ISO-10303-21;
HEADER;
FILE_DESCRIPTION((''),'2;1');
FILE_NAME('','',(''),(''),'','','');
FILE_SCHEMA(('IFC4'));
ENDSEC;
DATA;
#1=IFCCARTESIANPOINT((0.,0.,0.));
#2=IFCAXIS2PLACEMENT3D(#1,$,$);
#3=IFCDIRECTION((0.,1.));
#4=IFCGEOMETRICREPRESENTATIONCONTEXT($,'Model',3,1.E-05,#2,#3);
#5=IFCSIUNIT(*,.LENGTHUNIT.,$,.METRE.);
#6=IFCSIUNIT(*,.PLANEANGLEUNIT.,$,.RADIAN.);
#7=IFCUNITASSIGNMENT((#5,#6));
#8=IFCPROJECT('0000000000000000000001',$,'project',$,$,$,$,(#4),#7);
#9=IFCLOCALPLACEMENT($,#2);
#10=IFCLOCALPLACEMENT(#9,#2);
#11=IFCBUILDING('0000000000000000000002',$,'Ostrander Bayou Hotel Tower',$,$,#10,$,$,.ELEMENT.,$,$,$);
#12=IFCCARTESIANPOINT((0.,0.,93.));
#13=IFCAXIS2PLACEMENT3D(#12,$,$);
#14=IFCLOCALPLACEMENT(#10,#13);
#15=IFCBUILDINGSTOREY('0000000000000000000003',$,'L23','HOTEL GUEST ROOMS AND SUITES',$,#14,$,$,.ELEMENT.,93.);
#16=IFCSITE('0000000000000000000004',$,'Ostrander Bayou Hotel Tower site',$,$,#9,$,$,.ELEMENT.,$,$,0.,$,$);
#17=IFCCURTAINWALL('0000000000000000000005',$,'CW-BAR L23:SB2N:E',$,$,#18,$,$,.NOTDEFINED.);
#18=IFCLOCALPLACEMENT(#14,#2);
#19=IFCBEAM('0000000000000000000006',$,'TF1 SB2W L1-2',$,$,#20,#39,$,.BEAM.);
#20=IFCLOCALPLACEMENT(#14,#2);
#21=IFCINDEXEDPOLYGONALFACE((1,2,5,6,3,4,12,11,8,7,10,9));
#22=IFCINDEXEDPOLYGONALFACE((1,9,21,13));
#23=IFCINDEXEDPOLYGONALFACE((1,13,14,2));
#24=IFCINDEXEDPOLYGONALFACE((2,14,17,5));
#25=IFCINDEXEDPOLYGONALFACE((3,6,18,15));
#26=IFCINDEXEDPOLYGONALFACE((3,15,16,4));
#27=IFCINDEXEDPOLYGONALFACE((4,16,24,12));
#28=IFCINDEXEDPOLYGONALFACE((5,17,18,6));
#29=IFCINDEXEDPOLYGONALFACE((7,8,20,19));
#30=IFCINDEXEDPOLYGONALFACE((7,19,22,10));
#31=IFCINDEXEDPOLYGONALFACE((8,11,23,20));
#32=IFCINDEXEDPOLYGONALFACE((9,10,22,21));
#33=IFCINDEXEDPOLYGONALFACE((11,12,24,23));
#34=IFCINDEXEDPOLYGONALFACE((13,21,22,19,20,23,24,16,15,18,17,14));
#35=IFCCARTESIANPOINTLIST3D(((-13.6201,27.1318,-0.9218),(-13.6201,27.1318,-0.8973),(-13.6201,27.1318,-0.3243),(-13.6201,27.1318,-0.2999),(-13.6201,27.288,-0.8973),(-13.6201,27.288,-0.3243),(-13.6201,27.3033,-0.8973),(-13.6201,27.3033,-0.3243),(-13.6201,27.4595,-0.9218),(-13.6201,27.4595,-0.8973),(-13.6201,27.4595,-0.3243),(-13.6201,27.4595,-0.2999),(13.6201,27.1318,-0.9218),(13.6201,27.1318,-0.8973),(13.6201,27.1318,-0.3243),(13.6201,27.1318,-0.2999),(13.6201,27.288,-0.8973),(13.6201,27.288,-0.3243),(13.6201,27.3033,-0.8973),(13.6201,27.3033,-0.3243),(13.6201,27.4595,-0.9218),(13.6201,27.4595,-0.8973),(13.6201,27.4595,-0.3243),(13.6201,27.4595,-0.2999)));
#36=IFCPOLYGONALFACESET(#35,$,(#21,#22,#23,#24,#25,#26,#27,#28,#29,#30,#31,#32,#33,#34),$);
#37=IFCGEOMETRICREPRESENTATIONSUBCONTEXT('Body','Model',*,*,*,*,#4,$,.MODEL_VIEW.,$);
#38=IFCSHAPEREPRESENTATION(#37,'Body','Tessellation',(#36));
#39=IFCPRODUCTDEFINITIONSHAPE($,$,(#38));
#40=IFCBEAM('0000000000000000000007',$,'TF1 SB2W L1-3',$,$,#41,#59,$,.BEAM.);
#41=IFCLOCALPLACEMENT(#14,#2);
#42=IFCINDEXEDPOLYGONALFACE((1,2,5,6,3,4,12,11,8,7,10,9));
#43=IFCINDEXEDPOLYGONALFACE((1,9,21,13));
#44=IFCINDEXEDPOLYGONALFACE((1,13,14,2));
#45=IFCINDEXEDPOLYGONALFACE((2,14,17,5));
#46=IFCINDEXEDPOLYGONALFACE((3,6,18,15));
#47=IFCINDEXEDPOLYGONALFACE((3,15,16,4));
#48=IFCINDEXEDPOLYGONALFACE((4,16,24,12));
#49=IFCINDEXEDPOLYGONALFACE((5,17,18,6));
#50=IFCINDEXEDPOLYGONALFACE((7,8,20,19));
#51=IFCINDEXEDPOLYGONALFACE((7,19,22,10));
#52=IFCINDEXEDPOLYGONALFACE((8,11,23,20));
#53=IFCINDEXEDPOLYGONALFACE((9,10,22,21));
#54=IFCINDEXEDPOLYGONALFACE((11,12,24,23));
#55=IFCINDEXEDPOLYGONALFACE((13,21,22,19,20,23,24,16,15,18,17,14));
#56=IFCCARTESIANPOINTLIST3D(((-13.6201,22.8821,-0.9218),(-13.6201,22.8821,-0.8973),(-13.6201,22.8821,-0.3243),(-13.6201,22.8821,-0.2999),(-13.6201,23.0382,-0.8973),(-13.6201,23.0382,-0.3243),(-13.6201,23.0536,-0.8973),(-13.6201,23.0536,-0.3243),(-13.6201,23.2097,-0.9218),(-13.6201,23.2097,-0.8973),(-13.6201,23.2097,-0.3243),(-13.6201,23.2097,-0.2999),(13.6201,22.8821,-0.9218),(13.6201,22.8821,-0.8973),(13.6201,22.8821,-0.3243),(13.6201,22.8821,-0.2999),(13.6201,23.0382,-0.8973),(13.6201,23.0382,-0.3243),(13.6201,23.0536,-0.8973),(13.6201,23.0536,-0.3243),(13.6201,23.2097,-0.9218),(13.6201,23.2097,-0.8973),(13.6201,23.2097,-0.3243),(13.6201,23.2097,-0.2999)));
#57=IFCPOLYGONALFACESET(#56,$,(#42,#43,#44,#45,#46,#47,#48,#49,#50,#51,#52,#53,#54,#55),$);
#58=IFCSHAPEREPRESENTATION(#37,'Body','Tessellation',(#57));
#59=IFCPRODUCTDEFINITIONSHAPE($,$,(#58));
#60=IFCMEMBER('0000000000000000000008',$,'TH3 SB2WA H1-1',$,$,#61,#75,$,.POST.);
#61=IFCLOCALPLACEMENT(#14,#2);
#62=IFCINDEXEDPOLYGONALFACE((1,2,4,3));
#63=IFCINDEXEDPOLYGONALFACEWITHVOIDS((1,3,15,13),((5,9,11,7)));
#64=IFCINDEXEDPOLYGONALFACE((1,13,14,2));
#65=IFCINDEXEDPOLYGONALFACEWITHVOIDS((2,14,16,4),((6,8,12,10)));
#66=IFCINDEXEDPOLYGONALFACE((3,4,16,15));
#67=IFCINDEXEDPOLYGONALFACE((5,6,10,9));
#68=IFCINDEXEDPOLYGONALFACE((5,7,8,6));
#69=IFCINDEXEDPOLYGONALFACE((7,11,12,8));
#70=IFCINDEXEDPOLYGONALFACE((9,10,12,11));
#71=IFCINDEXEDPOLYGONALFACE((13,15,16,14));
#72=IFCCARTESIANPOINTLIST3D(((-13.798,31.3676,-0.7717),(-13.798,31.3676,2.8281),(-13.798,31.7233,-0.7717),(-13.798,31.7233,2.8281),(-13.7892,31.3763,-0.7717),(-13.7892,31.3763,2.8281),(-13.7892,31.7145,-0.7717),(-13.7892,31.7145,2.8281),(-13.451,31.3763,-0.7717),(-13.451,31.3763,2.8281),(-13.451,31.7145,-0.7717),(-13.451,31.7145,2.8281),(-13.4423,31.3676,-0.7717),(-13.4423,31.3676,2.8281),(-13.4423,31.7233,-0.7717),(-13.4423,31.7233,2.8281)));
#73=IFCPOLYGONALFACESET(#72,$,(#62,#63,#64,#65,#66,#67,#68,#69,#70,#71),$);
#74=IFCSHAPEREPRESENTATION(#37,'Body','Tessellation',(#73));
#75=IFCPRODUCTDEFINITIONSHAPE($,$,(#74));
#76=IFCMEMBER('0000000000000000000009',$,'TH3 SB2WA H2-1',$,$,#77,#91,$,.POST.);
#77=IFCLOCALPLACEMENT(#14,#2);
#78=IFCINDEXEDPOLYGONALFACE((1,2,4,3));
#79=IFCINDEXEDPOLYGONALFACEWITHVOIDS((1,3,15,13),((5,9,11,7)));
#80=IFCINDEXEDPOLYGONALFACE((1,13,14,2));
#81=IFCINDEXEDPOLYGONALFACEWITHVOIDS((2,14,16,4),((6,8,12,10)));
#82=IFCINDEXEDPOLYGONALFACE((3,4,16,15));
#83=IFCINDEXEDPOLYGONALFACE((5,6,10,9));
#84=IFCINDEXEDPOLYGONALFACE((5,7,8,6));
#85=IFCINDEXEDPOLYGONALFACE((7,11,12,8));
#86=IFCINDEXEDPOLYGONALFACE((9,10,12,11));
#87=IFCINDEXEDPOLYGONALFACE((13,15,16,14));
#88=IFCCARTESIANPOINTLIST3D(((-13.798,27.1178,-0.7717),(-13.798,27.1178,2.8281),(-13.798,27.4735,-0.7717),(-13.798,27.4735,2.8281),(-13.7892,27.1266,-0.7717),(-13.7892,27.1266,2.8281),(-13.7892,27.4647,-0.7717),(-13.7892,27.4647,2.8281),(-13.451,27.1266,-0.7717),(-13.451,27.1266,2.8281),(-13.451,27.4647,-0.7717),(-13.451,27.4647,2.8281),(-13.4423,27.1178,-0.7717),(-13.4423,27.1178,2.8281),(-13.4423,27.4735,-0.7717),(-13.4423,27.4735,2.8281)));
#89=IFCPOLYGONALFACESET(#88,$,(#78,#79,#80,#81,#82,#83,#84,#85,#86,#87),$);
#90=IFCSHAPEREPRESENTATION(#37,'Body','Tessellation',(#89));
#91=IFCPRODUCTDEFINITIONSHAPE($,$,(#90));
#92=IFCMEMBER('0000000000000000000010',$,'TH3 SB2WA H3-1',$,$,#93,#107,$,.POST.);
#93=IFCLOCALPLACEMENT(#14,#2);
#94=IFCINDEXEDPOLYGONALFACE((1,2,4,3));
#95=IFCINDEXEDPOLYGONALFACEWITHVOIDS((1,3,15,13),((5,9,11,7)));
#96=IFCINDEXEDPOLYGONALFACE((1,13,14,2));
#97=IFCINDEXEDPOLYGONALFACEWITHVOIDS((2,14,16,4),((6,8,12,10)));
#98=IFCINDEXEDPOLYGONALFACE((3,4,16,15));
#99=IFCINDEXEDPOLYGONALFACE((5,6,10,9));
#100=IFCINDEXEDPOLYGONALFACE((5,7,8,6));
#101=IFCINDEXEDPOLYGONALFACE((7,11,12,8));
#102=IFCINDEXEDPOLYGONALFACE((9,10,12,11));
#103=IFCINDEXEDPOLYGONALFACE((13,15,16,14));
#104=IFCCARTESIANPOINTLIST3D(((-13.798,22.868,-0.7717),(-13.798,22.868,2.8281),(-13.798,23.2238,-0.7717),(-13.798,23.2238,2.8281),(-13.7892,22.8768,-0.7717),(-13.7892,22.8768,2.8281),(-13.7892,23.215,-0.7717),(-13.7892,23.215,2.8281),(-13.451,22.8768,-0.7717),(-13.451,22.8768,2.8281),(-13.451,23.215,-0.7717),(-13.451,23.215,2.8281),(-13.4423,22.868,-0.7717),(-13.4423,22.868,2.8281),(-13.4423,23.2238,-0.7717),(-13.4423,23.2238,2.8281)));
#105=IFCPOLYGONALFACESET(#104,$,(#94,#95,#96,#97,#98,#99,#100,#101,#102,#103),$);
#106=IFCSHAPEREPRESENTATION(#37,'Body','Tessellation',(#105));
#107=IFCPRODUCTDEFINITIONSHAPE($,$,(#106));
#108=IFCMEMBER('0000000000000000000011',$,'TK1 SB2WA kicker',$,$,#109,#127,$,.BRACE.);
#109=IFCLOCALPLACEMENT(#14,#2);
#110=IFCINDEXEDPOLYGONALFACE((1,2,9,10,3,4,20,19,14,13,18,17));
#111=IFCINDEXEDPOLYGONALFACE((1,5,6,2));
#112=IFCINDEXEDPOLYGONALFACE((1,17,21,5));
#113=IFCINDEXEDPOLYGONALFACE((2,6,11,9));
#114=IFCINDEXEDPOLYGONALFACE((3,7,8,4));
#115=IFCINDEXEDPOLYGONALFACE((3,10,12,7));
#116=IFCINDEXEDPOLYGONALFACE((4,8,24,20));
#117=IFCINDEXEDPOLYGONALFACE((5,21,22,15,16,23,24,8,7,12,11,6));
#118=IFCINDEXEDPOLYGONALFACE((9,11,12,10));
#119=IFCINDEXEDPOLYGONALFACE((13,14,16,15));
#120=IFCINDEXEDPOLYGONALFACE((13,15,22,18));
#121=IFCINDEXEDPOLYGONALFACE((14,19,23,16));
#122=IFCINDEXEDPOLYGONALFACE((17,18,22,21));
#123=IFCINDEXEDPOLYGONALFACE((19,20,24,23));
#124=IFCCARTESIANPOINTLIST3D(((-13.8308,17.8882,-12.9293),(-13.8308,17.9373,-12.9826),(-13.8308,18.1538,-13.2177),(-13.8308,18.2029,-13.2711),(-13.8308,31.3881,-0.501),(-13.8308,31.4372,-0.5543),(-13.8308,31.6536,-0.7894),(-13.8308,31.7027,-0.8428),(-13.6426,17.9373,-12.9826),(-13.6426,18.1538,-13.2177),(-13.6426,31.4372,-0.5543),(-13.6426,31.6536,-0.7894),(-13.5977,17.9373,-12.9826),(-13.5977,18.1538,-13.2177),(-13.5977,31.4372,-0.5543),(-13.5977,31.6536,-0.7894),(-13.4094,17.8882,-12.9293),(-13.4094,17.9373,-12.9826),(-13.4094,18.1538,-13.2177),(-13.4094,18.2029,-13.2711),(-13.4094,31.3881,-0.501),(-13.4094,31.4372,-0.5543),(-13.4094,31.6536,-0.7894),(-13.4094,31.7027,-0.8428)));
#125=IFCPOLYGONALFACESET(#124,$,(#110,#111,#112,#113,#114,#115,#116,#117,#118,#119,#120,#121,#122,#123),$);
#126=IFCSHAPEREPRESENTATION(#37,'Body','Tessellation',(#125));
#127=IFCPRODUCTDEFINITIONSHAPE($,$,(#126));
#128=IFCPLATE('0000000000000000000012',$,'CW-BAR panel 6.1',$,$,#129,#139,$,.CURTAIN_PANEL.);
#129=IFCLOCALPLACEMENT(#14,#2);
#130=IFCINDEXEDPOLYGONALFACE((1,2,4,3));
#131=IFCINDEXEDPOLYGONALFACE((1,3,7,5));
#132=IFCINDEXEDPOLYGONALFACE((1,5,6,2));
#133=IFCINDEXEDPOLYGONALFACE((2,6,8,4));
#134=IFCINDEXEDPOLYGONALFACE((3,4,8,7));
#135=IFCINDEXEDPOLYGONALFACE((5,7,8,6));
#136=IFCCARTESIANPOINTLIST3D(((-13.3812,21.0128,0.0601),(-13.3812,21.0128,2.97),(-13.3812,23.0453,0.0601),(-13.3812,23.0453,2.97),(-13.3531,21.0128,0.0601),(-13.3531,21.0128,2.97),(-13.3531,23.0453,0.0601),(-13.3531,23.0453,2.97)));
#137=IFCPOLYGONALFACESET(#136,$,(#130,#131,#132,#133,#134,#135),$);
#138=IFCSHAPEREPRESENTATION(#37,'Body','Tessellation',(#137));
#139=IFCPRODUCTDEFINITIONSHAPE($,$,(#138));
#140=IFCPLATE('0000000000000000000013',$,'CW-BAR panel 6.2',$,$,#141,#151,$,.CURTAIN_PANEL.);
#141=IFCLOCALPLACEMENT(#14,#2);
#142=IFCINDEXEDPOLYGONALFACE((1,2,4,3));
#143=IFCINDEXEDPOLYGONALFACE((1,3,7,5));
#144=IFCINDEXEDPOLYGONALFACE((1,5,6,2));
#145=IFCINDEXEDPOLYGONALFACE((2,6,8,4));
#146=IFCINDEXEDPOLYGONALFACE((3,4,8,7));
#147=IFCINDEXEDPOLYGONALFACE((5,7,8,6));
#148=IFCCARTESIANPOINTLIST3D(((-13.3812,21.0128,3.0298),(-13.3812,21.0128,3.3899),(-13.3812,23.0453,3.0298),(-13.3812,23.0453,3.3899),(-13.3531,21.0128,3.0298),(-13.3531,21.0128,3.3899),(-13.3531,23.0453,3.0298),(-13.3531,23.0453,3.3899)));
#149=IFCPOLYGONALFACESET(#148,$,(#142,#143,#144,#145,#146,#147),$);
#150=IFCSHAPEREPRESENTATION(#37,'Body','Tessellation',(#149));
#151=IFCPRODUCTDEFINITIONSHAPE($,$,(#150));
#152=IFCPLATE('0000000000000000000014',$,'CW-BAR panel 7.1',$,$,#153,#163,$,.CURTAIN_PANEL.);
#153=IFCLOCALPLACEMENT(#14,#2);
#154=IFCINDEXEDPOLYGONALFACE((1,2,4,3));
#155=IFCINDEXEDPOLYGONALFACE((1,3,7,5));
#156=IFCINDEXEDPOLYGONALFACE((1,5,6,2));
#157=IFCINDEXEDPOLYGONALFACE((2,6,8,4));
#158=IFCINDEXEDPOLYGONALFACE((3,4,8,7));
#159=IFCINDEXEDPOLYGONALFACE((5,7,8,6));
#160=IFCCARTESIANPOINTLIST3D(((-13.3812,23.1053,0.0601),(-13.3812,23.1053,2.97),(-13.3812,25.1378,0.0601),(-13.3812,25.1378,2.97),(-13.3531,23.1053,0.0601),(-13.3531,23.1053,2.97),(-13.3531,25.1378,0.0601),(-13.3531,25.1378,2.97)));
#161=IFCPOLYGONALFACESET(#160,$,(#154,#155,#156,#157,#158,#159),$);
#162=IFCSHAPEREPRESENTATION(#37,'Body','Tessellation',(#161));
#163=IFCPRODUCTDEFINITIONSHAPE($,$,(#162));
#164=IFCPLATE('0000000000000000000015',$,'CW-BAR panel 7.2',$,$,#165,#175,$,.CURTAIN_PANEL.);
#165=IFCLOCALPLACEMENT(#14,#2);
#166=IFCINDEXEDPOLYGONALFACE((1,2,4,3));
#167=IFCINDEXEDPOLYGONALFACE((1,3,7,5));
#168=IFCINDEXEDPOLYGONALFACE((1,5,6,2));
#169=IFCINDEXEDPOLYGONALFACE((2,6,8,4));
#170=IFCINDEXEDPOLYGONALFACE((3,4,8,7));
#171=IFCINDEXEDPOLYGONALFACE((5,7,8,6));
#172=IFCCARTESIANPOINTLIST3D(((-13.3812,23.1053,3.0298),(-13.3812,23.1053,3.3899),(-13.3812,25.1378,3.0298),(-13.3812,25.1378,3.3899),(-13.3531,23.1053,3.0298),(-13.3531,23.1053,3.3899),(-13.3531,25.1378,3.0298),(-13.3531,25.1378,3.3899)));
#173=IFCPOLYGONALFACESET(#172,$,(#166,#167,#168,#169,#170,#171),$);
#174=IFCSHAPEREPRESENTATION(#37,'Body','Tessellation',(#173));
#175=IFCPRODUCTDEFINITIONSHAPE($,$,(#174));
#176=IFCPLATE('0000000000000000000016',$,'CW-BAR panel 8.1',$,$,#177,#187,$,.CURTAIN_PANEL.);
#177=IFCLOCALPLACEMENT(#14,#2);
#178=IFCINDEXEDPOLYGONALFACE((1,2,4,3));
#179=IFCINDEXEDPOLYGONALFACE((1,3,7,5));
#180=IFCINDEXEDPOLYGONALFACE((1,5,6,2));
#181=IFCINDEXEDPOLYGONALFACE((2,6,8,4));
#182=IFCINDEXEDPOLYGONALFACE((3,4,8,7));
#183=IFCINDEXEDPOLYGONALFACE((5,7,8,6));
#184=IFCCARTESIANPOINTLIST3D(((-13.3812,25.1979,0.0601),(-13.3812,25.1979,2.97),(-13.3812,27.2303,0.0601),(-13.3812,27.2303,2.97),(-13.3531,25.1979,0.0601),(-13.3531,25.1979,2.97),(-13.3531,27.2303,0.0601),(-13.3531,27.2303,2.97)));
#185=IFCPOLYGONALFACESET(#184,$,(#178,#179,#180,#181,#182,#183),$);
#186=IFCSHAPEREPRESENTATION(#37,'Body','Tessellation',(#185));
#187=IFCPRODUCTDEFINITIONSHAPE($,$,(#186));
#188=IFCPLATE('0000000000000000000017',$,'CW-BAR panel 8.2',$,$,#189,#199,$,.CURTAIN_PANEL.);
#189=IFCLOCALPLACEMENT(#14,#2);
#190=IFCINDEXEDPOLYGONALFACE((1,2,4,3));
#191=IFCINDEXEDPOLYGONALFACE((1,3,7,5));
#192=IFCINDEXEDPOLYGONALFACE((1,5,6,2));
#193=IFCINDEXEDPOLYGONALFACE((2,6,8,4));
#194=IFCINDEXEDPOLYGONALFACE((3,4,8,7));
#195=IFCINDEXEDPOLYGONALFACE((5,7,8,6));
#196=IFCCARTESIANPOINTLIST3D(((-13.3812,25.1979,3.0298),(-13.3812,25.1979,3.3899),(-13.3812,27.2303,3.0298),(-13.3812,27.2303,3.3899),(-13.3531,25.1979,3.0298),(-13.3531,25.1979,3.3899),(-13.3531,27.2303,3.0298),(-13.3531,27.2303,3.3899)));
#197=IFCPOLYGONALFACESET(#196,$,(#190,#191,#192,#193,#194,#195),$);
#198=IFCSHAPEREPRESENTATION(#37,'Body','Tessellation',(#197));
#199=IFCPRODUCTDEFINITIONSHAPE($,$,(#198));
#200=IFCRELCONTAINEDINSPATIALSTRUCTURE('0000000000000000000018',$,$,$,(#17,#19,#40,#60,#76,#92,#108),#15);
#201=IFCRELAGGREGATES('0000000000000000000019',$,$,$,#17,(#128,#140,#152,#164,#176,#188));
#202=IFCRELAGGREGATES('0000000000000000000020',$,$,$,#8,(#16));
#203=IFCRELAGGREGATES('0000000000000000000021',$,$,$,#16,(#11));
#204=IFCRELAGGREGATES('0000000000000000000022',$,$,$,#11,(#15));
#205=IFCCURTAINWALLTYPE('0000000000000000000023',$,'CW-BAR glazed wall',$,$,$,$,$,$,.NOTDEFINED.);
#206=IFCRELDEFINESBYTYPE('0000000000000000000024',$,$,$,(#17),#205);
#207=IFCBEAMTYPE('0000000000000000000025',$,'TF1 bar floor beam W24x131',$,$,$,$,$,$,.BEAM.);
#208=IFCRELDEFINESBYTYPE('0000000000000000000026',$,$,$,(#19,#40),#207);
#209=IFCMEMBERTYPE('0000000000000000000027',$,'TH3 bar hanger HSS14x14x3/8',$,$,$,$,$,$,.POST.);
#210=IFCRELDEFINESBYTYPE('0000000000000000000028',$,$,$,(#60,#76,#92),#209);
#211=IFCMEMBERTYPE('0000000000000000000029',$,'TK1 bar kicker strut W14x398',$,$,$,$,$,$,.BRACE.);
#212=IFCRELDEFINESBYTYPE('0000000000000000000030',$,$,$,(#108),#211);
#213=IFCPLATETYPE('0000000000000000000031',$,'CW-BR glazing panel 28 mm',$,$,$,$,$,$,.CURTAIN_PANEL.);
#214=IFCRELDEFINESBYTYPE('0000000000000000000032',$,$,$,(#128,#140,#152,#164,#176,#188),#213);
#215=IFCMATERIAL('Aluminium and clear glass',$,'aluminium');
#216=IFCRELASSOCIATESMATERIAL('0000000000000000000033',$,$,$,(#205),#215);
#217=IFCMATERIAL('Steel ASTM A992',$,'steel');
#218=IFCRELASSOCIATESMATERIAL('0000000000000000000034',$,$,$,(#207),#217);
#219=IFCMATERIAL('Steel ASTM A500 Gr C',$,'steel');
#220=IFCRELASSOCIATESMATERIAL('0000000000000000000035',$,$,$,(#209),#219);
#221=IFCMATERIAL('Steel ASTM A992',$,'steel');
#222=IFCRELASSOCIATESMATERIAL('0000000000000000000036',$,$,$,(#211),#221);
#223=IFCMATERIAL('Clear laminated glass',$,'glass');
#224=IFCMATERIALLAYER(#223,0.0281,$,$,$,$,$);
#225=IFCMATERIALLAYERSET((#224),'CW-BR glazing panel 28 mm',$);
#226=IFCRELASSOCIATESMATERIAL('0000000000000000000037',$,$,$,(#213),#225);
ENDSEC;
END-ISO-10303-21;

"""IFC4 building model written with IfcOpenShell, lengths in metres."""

from ifc_helpers import new_model, si_unit, direction, frame, origin, origin_2d, place, context, subcontext, project, spatial, rectangle, hollow_rectangle, i_section, extrude, material, layer, layer_set, material_profile, profile_set, type_object, element, aggregate, save


model = new_model("IFC4")

# Units and contexts
model_context = context("Model", 3, precision=1e-05, world=origin(), true_north=direction((0.0, 1.0)))
body_context = subcontext(model_context, "Body", "Model", "MODEL_VIEW")
ifc_project = project(units=[si_unit("LENGTHUNIT", "METRE"), si_unit("PLANEANGLEUNIT", "RADIAN")], contexts=[model_context])

# Site, building, storey
site_placement = place(None, origin())
site = spatial("IfcSite", under=ifc_project, at=site_placement, Name="Ostrander Bayou Hotel Tower site", CompositionType="ELEMENT", RefElevation=0.0)
building_placement = place(site_placement, origin())
building = spatial("IfcBuilding", under=site, at=building_placement, Name="Ostrander Bayou Hotel Tower", CompositionType="ELEMENT")
storey_placement = place(building_placement, frame((0.0, 0.0, 93.0)))
storey = spatial("IfcBuildingStorey", under=building, at=storey_placement, Name="L23", Description="HOTEL GUEST ROOMS AND SUITES", CompositionType="ELEMENT", Elevation=93.0)

# Curtain wall
ifc_material_1 = material(Name="Aluminium and clear glass", Category="aluminium")
curtain_wall_type = type_object("IfcCurtainWallType", Name="CW-BAR glazed wall", PredefinedType="NOTDEFINED", material=ifc_material_1)
curtain_wall_1_placement = place(storey_placement, origin())
curtain_wall_1 = element("IfcCurtainWall", 1, at=curtain_wall_1_placement, inside=storey, type_object=curtain_wall_type, Name="CW-BAR L23:SB2N:E", PredefinedType="NOTDEFINED")

# Beams
ifc_material_2 = material(Name="Steel ASTM A992", Category="steel")
ifc_material_profile_1 = material_profile(ifc_material_2, i_section(OverallWidth=0.3276, OverallDepth=0.6218, WebThickness=0.0154, FlangeThickness=0.0244, at=origin_2d()))
ifc_profile_set_1 = profile_set([ifc_material_profile_1], Name="Steel ASTM A992")
beam_type = type_object("IfcBeamType", Name="TF1 bar floor beam W24x131", PredefinedType="BEAM", material=ifc_profile_set_1)
for number, where, z_axis, x_axis, name in (
    (2, (-13.6201, 27.2957, -0.6108), (1.0, 0.0, 0.0), (0.0, 1.0, 0.0), "TF1 SB2W L1-2"),
    (3, (-13.6201, 23.0459, -0.6108), (1.0, 0.0, 0.0), (0.0, 1.0, 0.0), "TF1 SB2W L1-3"),
):
    element("IfcBeam", number, at=place(storey_placement, frame(where, z_axis=z_axis, x_axis=x_axis)), inside=storey, type_object=beam_type, Name=name, PredefinedType="BEAM", context=body_context, shape_type="SweptSolid", body=[
        extrude(i_section(OverallWidth=0.3276, OverallDepth=0.6218, WebThickness=0.0154, FlangeThickness=0.0244, at=origin_2d()), origin(), (0.0, 0.0, 1.0), 27.2402),
    ])

# Members
ifc_material_3 = material(Name="Steel ASTM A500 Gr C", Category="steel")
ifc_material_profile_2 = material_profile(ifc_material_3, hollow_rectangle(XDim=0.3557, YDim=0.3557, WallThickness=0.0088, at=origin_2d()))
ifc_profile_set_2 = profile_set([ifc_material_profile_2], Name="Steel ASTM A500 Gr C")
member_type_1 = type_object("IfcMemberType", Name="TH3 bar hanger HSS14x14x3/8", PredefinedType="POST", material=ifc_profile_set_2)
for number, where, z_axis, x_axis, name in (
    (4, (-13.6201, 31.5454, -0.7717), (0.0, 0.0, 1.0), (1.0, 0.0, 0.0), "TH3 SB2WA H1-1"),
    (5, (-13.6201, 27.2957, -0.7717), (0.0, 0.0, 1.0), (1.0, 0.0, 0.0), "TH3 SB2WA H2-1"),
    (6, (-13.6201, 23.0459, -0.7717), (0.0, 0.0, 1.0), (1.0, 0.0, 0.0), "TH3 SB2WA H3-1"),
):
    element("IfcMember", number, at=place(storey_placement, frame(where, z_axis=z_axis, x_axis=x_axis)), inside=storey, type_object=member_type_1, Name=name, PredefinedType="POST", context=body_context, shape_type="SweptSolid", body=[
        extrude(hollow_rectangle(XDim=0.3557, YDim=0.3557, WallThickness=0.0088, at=origin_2d()), origin(), (0.0, 0.0, 1.0), 3.5999),
    ])
ifc_material_4 = material(Name="Steel ASTM A992", Category="steel")
ifc_material_profile_3 = material_profile(ifc_material_4, i_section(OverallWidth=0.4214, OverallDepth=0.4646, WebThickness=0.0449, FlangeThickness=0.0725, at=origin_2d()))
ifc_profile_set_3 = profile_set([ifc_material_profile_3], Name="Steel ASTM A992")
member_type_2 = type_object("IfcMemberType", Name="TK1 bar kicker strut W14x398", PredefinedType="BRACE", material=ifc_profile_set_3)
member_1_placement = place(storey_placement, frame((-13.6201, 31.5454, -0.6719), z_axis=(0.0, -0.735702, -0.677306), x_axis=(1.0, 0.0, 0.0)))
element("IfcMember", 7, at=member_1_placement, inside=storey, type_object=member_type_2, Name="TK1 SB2WA kicker", PredefinedType="BRACE", context=body_context, shape_type="SweptSolid", body=[
    extrude(i_section(OverallWidth=0.4214, OverallDepth=0.4646, WebThickness=0.0449, FlangeThickness=0.0725, at=origin_2d()), origin(), (0.0, 0.0, 1.0), 18.3496),
])

# Plates
ifc_material_5 = material(Name="Clear laminated glass", Category="glass")
ifc_layer_1 = layer(ifc_material_5, 0.0281)
ifc_layer_set_1 = layer_set([ifc_layer_1], Name="CW-BR glazing panel 28 mm")
plate_type = type_object("IfcPlateType", Name="CW-BR glazing panel 28 mm", PredefinedType="CURTAIN_PANEL", material=ifc_layer_set_1)
plate_1_placement = place(storey_placement, frame((-13.3672, 22.0291, 0.0601), z_axis=(0.0, 0.0, 1.0), x_axis=(0.0, 1.0, 0.0)))
plate_1 = element("IfcPlate", 8, at=plate_1_placement, type_object=plate_type, Name="CW-BAR panel 6.1", PredefinedType="CURTAIN_PANEL", context=body_context, shape_type="SweptSolid", body=[
    extrude(rectangle(XDim=2.0325, YDim=0.0281, at=origin_2d()), origin(), (0.0, 0.0, 1.0), 2.9099),
])
plate_2_placement = place(storey_placement, frame((-13.3672, 22.0291, 3.0298), z_axis=(0.0, 0.0, 1.0), x_axis=(0.0, 1.0, 0.0)))
plate_2 = element("IfcPlate", 9, at=plate_2_placement, type_object=plate_type, Name="CW-BAR panel 6.2", PredefinedType="CURTAIN_PANEL", context=body_context, shape_type="SweptSolid", body=[
    extrude(rectangle(XDim=2.0325, YDim=0.0281, at=origin_2d()), origin(), (0.0, 0.0, 1.0), 0.3601),
])
plate_3_placement = place(storey_placement, frame((-13.3672, 24.1216, 0.0601), z_axis=(0.0, 0.0, 1.0), x_axis=(0.0, 1.0, 0.0)))
plate_3 = element("IfcPlate", 10, at=plate_3_placement, type_object=plate_type, Name="CW-BAR panel 7.1", PredefinedType="CURTAIN_PANEL", context=body_context, shape_type="SweptSolid", body=[
    extrude(rectangle(XDim=2.0325, YDim=0.0281, at=origin_2d()), origin(), (0.0, 0.0, 1.0), 2.9099),
])
plate_4_placement = place(storey_placement, frame((-13.3672, 24.1216, 3.0298), z_axis=(0.0, 0.0, 1.0), x_axis=(0.0, 1.0, 0.0)))
plate_4 = element("IfcPlate", 11, at=plate_4_placement, type_object=plate_type, Name="CW-BAR panel 7.2", PredefinedType="CURTAIN_PANEL", context=body_context, shape_type="SweptSolid", body=[
    extrude(rectangle(XDim=2.0325, YDim=0.0281, at=origin_2d()), origin(), (0.0, 0.0, 1.0), 0.3601),
])
plate_5_placement = place(storey_placement, frame((-13.3672, 26.2141, 0.0601), z_axis=(0.0, 0.0, 1.0), x_axis=(0.0, 1.0, 0.0)))
plate_5 = element("IfcPlate", 12, at=plate_5_placement, type_object=plate_type, Name="CW-BAR panel 8.1", PredefinedType="CURTAIN_PANEL", context=body_context, shape_type="SweptSolid", body=[
    extrude(rectangle(XDim=2.0325, YDim=0.0281, at=origin_2d()), origin(), (0.0, 0.0, 1.0), 2.9099),
])
plate_6_placement = place(storey_placement, frame((-13.3672, 26.2141, 3.0298), z_axis=(0.0, 0.0, 1.0), x_axis=(0.0, 1.0, 0.0)))
plate_6 = element("IfcPlate", 13, at=plate_6_placement, type_object=plate_type, Name="CW-BAR panel 8.2", PredefinedType="CURTAIN_PANEL", context=body_context, shape_type="SweptSolid", body=[
    extrude(rectangle(XDim=2.0325, YDim=0.0281, at=origin_2d()), origin(), (0.0, 0.0, 1.0), 0.3601),
])
aggregate(curtain_wall_1, [plate_1, plate_2, plate_3, plate_4, plate_5, plate_6])

save(model, "model.ifc")
